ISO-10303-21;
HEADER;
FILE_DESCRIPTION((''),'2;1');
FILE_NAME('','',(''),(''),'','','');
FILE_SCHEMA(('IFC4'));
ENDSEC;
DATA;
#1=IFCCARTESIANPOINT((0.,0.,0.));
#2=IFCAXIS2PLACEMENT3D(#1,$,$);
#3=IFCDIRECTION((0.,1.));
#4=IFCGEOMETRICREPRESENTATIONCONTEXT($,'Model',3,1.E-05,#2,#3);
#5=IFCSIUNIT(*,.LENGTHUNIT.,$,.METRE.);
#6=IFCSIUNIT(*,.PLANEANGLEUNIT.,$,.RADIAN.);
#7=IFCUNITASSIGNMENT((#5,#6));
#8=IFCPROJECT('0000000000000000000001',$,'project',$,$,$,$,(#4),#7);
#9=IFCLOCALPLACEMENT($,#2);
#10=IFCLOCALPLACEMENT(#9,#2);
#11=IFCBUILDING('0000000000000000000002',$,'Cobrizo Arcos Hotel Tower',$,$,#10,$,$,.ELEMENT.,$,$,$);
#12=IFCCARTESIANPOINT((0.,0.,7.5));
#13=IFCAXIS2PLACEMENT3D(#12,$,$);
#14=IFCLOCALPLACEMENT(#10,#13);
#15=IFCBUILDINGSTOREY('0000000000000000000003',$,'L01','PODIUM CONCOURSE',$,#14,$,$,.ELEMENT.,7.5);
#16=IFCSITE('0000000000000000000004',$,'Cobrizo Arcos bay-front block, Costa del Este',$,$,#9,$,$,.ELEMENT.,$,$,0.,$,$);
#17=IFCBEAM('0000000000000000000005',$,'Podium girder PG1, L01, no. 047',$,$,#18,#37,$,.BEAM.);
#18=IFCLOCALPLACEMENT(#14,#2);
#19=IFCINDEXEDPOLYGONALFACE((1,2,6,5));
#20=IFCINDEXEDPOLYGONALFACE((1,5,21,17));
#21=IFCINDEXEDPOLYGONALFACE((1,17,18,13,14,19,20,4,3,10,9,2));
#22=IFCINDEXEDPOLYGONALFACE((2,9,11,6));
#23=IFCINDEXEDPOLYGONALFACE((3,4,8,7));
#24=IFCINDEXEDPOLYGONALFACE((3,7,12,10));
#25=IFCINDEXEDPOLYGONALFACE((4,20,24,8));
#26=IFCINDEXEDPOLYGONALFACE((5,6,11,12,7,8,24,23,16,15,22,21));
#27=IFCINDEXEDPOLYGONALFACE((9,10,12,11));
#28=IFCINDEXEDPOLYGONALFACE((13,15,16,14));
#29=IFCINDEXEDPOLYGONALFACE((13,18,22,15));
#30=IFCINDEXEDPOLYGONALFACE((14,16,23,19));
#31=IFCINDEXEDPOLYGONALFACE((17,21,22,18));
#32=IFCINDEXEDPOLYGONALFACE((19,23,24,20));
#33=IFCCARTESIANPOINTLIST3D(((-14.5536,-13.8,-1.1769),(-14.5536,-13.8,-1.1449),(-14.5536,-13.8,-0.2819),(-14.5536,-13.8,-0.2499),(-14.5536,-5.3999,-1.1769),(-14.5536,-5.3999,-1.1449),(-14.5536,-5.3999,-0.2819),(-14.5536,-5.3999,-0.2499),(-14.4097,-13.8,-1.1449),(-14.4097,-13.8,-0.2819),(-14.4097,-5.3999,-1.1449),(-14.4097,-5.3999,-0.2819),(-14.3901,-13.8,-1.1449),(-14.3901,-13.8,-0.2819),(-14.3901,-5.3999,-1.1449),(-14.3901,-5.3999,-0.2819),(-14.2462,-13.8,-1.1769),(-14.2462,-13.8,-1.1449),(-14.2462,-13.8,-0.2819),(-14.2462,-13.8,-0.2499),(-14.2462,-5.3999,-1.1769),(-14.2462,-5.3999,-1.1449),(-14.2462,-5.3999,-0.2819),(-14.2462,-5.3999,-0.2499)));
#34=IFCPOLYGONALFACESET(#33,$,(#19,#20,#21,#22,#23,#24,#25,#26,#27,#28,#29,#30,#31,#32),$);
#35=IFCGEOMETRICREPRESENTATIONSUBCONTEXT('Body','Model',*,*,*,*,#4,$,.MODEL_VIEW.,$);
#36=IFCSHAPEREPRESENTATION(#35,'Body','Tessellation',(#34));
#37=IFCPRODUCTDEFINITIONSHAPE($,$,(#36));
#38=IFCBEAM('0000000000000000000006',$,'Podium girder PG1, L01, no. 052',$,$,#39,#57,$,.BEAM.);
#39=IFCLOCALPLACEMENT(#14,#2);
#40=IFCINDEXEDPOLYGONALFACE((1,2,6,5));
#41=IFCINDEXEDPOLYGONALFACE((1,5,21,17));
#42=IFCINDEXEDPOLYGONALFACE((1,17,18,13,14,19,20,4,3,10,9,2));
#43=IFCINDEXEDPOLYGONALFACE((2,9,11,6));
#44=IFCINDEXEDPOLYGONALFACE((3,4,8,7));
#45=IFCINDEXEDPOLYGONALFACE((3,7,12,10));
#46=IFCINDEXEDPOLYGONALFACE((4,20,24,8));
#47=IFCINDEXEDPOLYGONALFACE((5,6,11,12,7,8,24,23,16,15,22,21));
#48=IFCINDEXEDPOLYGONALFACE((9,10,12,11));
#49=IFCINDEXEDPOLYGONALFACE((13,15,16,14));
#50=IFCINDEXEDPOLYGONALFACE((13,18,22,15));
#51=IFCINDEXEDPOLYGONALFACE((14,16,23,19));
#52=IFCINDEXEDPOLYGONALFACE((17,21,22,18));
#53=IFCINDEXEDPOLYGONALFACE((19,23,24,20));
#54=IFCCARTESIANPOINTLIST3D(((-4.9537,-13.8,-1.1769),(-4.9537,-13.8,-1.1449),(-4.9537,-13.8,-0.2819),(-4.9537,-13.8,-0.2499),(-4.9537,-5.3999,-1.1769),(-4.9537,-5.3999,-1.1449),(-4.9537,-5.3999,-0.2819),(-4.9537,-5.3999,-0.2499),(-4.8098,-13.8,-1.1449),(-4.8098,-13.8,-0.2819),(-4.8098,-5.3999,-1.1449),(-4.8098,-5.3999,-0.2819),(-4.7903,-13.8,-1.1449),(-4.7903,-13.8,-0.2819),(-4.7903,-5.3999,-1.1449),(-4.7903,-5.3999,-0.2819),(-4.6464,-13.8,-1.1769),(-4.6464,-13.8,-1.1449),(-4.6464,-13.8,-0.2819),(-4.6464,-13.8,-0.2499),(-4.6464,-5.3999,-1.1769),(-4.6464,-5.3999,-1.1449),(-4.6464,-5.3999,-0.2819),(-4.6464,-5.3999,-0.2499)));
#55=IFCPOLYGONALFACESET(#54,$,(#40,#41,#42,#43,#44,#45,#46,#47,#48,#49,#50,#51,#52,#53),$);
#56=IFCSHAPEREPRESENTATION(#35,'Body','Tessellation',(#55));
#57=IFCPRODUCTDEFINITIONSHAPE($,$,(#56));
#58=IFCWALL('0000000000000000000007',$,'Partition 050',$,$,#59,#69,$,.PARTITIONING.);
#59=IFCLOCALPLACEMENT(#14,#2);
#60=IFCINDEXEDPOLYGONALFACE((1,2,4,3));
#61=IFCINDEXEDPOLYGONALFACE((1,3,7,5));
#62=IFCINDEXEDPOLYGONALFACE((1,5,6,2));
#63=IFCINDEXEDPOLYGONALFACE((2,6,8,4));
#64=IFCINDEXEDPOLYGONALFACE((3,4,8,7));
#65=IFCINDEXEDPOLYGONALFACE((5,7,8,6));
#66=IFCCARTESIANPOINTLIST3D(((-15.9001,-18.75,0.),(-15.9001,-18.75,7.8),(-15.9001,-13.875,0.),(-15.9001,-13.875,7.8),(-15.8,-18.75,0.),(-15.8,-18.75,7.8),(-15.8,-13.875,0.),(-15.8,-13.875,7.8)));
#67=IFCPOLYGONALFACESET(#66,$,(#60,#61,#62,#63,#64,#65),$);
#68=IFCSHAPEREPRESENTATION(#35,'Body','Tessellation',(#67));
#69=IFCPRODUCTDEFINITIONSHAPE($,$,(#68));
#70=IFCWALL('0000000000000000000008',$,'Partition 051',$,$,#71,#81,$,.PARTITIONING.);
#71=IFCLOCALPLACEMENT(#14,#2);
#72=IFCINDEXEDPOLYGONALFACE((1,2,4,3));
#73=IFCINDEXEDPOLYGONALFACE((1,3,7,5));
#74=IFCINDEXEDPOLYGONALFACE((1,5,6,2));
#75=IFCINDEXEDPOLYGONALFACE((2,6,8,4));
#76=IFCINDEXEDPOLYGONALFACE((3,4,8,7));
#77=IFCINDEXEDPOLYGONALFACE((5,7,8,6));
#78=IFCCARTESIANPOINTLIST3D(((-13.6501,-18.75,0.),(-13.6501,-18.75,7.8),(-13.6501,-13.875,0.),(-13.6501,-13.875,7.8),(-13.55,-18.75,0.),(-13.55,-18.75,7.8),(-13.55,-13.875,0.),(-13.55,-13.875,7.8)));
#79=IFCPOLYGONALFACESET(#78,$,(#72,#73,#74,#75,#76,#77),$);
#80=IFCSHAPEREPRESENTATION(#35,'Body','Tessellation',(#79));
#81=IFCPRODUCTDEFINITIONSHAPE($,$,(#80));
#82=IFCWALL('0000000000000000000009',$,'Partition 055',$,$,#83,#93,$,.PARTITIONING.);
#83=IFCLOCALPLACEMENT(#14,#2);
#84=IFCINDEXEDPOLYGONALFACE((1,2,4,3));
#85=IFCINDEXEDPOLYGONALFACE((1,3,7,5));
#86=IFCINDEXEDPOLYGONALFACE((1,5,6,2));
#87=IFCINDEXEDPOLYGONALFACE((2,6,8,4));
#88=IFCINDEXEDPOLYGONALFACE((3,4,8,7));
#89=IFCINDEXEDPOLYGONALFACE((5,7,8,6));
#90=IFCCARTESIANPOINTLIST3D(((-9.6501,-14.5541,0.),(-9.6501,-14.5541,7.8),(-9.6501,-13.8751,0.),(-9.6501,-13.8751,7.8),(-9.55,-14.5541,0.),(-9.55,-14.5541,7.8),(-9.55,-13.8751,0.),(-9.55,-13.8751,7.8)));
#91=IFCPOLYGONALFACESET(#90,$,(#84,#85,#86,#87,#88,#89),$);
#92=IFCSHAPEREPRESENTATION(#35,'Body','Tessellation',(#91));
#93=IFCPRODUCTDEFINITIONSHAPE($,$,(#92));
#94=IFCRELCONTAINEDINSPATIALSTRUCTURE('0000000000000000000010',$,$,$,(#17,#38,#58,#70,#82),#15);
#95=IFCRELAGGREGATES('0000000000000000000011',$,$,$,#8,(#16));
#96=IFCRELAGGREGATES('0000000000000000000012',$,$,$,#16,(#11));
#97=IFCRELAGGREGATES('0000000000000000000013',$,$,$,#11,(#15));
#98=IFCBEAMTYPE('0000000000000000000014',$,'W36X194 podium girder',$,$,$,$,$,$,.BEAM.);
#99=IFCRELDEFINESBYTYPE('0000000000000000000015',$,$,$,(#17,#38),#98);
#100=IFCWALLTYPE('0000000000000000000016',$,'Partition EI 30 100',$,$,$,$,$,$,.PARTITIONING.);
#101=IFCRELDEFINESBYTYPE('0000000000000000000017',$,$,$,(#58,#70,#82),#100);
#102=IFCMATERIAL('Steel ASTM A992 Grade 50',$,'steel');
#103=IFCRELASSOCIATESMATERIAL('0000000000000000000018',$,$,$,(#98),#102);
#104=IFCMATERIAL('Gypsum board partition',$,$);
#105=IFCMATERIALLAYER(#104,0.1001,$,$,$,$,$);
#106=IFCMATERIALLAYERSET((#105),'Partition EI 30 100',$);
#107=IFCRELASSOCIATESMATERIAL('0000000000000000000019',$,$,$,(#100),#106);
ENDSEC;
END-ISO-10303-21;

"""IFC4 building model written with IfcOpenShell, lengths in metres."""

from ifc_helpers import new_model, si_unit, direction, frame, frame_2d, origin, origin_2d, place, context, subcontext, project, spatial, rectangle, i_section, extrude, material, layer, layer_set, material_profile, profile_set, type_object, element, save


model = new_model("IFC4")

# Units and contexts
model_context = context("Model", 3, precision=1e-05, world=origin(), true_north=direction((0.0, 1.0)))
body_context = subcontext(model_context, "Body", "Model", "MODEL_VIEW")
ifc_project = project(units=[si_unit("LENGTHUNIT", "METRE"), si_unit("PLANEANGLEUNIT", "RADIAN")], contexts=[model_context])

# Site, building, storey
site_placement = place(None, origin())
site = spatial("IfcSite", under=ifc_project, at=site_placement, Name="Cobrizo Arcos bay-front block, Costa del Este", CompositionType="ELEMENT", RefElevation=0.0)
building_placement = place(site_placement, origin())
building = spatial("IfcBuilding", under=site, at=building_placement, Name="Cobrizo Arcos Hotel Tower", CompositionType="ELEMENT")
storey_placement = place(building_placement, frame((0.0, 0.0, 7.5)))
storey = spatial("IfcBuildingStorey", under=building, at=storey_placement, Name="L01", Description="PODIUM CONCOURSE", CompositionType="ELEMENT", Elevation=7.5)

# Beams
ifc_material_1 = material(Name="Steel ASTM A992 Grade 50", Category="steel")
ifc_material_profile_1 = material_profile(ifc_material_1, i_section(OverallWidth=0.3074, OverallDepth=0.927, WebThickness=0.0195, FlangeThickness=0.032, at=origin_2d()), Name="W36X194")
ifc_profile_set_1 = profile_set([ifc_material_profile_1], Name="Steel ASTM A992 Grade 50")
beam_type_1 = type_object("IfcBeamType", Name="W36X194 podium girder", PredefinedType="BEAM", material=ifc_profile_set_1)
for number, where, z_axis, x_axis, name in (
    (1, (-14.3999, -13.8, -0.7134), (0.0, 1.0, 0.0), (-1.0, 0.0, 0.0), "Podium girder PG1, L01, no. 047"),
    (2, (-4.8, -13.8, -0.7134), (0.0, 1.0, 0.0), (-1.0, 0.0, 0.0), "Podium girder PG1, L01, no. 052"),
):
    element("IfcBeam", number, at=place(storey_placement, frame(where, z_axis=z_axis, x_axis=x_axis)), inside=storey, type_object=beam_type_1, Name=name, PredefinedType="BEAM", context=body_context, shape_type="SweptSolid", body=[
        extrude(i_section(OverallWidth=0.3074, OverallDepth=0.927, WebThickness=0.0195, FlangeThickness=0.032, at=origin_2d()), origin(), (0.0, 0.0, 1.0), 8.4001),
    ])

# Walls
ifc_material_2 = material(Name="Gypsum board partition")
ifc_layer = layer(ifc_material_2, 0.1001)
ifc_layer_set = layer_set([ifc_layer], Name="Partition EI 30 100")
wall_type = type_object("IfcWallType", Name="Partition EI 30 100", PredefinedType="PARTITIONING", material=ifc_layer_set)
for number, where, z_axis, x_axis, name in (
    (3, (-15.8501, -18.75, 0.0), (0.0, 0.0, 1.0), (0.0, 1.0, 0.0), "Partition 050"),
    (4, (-13.6001, -18.75, 0.0), (0.0, 0.0, 1.0), (0.0, 1.0, 0.0), "Partition 051"),
):
    element("IfcWall", number, at=place(storey_placement, frame(where, z_axis=z_axis, x_axis=x_axis)), inside=storey, type_object=wall_type, Name=name, PredefinedType="PARTITIONING", context=body_context, shape_type="SweptSolid", body=[
        extrude(rectangle(XDim=4.875, YDim=0.1001, at=frame_2d((2.4375, 0.0))), origin(), (0.0, 0.0, 1.0), 7.8),
    ])
wall_placement = place(storey_placement, frame((-9.6001, -14.554, 0.0), z_axis=(0.0, 0.0, 1.0), x_axis=(0.0, 1.0, 0.0)))
element("IfcWall", 5, at=wall_placement, inside=storey, type_object=wall_type, Name="Partition 055", PredefinedType="PARTITIONING", context=body_context, shape_type="SweptSolid", body=[
    extrude(rectangle(XDim=0.679, YDim=0.1001, at=frame_2d((0.3394, 0.0))), origin(), (0.0, 0.0, 1.0), 7.8),
])

save(model, "model.ifc")
